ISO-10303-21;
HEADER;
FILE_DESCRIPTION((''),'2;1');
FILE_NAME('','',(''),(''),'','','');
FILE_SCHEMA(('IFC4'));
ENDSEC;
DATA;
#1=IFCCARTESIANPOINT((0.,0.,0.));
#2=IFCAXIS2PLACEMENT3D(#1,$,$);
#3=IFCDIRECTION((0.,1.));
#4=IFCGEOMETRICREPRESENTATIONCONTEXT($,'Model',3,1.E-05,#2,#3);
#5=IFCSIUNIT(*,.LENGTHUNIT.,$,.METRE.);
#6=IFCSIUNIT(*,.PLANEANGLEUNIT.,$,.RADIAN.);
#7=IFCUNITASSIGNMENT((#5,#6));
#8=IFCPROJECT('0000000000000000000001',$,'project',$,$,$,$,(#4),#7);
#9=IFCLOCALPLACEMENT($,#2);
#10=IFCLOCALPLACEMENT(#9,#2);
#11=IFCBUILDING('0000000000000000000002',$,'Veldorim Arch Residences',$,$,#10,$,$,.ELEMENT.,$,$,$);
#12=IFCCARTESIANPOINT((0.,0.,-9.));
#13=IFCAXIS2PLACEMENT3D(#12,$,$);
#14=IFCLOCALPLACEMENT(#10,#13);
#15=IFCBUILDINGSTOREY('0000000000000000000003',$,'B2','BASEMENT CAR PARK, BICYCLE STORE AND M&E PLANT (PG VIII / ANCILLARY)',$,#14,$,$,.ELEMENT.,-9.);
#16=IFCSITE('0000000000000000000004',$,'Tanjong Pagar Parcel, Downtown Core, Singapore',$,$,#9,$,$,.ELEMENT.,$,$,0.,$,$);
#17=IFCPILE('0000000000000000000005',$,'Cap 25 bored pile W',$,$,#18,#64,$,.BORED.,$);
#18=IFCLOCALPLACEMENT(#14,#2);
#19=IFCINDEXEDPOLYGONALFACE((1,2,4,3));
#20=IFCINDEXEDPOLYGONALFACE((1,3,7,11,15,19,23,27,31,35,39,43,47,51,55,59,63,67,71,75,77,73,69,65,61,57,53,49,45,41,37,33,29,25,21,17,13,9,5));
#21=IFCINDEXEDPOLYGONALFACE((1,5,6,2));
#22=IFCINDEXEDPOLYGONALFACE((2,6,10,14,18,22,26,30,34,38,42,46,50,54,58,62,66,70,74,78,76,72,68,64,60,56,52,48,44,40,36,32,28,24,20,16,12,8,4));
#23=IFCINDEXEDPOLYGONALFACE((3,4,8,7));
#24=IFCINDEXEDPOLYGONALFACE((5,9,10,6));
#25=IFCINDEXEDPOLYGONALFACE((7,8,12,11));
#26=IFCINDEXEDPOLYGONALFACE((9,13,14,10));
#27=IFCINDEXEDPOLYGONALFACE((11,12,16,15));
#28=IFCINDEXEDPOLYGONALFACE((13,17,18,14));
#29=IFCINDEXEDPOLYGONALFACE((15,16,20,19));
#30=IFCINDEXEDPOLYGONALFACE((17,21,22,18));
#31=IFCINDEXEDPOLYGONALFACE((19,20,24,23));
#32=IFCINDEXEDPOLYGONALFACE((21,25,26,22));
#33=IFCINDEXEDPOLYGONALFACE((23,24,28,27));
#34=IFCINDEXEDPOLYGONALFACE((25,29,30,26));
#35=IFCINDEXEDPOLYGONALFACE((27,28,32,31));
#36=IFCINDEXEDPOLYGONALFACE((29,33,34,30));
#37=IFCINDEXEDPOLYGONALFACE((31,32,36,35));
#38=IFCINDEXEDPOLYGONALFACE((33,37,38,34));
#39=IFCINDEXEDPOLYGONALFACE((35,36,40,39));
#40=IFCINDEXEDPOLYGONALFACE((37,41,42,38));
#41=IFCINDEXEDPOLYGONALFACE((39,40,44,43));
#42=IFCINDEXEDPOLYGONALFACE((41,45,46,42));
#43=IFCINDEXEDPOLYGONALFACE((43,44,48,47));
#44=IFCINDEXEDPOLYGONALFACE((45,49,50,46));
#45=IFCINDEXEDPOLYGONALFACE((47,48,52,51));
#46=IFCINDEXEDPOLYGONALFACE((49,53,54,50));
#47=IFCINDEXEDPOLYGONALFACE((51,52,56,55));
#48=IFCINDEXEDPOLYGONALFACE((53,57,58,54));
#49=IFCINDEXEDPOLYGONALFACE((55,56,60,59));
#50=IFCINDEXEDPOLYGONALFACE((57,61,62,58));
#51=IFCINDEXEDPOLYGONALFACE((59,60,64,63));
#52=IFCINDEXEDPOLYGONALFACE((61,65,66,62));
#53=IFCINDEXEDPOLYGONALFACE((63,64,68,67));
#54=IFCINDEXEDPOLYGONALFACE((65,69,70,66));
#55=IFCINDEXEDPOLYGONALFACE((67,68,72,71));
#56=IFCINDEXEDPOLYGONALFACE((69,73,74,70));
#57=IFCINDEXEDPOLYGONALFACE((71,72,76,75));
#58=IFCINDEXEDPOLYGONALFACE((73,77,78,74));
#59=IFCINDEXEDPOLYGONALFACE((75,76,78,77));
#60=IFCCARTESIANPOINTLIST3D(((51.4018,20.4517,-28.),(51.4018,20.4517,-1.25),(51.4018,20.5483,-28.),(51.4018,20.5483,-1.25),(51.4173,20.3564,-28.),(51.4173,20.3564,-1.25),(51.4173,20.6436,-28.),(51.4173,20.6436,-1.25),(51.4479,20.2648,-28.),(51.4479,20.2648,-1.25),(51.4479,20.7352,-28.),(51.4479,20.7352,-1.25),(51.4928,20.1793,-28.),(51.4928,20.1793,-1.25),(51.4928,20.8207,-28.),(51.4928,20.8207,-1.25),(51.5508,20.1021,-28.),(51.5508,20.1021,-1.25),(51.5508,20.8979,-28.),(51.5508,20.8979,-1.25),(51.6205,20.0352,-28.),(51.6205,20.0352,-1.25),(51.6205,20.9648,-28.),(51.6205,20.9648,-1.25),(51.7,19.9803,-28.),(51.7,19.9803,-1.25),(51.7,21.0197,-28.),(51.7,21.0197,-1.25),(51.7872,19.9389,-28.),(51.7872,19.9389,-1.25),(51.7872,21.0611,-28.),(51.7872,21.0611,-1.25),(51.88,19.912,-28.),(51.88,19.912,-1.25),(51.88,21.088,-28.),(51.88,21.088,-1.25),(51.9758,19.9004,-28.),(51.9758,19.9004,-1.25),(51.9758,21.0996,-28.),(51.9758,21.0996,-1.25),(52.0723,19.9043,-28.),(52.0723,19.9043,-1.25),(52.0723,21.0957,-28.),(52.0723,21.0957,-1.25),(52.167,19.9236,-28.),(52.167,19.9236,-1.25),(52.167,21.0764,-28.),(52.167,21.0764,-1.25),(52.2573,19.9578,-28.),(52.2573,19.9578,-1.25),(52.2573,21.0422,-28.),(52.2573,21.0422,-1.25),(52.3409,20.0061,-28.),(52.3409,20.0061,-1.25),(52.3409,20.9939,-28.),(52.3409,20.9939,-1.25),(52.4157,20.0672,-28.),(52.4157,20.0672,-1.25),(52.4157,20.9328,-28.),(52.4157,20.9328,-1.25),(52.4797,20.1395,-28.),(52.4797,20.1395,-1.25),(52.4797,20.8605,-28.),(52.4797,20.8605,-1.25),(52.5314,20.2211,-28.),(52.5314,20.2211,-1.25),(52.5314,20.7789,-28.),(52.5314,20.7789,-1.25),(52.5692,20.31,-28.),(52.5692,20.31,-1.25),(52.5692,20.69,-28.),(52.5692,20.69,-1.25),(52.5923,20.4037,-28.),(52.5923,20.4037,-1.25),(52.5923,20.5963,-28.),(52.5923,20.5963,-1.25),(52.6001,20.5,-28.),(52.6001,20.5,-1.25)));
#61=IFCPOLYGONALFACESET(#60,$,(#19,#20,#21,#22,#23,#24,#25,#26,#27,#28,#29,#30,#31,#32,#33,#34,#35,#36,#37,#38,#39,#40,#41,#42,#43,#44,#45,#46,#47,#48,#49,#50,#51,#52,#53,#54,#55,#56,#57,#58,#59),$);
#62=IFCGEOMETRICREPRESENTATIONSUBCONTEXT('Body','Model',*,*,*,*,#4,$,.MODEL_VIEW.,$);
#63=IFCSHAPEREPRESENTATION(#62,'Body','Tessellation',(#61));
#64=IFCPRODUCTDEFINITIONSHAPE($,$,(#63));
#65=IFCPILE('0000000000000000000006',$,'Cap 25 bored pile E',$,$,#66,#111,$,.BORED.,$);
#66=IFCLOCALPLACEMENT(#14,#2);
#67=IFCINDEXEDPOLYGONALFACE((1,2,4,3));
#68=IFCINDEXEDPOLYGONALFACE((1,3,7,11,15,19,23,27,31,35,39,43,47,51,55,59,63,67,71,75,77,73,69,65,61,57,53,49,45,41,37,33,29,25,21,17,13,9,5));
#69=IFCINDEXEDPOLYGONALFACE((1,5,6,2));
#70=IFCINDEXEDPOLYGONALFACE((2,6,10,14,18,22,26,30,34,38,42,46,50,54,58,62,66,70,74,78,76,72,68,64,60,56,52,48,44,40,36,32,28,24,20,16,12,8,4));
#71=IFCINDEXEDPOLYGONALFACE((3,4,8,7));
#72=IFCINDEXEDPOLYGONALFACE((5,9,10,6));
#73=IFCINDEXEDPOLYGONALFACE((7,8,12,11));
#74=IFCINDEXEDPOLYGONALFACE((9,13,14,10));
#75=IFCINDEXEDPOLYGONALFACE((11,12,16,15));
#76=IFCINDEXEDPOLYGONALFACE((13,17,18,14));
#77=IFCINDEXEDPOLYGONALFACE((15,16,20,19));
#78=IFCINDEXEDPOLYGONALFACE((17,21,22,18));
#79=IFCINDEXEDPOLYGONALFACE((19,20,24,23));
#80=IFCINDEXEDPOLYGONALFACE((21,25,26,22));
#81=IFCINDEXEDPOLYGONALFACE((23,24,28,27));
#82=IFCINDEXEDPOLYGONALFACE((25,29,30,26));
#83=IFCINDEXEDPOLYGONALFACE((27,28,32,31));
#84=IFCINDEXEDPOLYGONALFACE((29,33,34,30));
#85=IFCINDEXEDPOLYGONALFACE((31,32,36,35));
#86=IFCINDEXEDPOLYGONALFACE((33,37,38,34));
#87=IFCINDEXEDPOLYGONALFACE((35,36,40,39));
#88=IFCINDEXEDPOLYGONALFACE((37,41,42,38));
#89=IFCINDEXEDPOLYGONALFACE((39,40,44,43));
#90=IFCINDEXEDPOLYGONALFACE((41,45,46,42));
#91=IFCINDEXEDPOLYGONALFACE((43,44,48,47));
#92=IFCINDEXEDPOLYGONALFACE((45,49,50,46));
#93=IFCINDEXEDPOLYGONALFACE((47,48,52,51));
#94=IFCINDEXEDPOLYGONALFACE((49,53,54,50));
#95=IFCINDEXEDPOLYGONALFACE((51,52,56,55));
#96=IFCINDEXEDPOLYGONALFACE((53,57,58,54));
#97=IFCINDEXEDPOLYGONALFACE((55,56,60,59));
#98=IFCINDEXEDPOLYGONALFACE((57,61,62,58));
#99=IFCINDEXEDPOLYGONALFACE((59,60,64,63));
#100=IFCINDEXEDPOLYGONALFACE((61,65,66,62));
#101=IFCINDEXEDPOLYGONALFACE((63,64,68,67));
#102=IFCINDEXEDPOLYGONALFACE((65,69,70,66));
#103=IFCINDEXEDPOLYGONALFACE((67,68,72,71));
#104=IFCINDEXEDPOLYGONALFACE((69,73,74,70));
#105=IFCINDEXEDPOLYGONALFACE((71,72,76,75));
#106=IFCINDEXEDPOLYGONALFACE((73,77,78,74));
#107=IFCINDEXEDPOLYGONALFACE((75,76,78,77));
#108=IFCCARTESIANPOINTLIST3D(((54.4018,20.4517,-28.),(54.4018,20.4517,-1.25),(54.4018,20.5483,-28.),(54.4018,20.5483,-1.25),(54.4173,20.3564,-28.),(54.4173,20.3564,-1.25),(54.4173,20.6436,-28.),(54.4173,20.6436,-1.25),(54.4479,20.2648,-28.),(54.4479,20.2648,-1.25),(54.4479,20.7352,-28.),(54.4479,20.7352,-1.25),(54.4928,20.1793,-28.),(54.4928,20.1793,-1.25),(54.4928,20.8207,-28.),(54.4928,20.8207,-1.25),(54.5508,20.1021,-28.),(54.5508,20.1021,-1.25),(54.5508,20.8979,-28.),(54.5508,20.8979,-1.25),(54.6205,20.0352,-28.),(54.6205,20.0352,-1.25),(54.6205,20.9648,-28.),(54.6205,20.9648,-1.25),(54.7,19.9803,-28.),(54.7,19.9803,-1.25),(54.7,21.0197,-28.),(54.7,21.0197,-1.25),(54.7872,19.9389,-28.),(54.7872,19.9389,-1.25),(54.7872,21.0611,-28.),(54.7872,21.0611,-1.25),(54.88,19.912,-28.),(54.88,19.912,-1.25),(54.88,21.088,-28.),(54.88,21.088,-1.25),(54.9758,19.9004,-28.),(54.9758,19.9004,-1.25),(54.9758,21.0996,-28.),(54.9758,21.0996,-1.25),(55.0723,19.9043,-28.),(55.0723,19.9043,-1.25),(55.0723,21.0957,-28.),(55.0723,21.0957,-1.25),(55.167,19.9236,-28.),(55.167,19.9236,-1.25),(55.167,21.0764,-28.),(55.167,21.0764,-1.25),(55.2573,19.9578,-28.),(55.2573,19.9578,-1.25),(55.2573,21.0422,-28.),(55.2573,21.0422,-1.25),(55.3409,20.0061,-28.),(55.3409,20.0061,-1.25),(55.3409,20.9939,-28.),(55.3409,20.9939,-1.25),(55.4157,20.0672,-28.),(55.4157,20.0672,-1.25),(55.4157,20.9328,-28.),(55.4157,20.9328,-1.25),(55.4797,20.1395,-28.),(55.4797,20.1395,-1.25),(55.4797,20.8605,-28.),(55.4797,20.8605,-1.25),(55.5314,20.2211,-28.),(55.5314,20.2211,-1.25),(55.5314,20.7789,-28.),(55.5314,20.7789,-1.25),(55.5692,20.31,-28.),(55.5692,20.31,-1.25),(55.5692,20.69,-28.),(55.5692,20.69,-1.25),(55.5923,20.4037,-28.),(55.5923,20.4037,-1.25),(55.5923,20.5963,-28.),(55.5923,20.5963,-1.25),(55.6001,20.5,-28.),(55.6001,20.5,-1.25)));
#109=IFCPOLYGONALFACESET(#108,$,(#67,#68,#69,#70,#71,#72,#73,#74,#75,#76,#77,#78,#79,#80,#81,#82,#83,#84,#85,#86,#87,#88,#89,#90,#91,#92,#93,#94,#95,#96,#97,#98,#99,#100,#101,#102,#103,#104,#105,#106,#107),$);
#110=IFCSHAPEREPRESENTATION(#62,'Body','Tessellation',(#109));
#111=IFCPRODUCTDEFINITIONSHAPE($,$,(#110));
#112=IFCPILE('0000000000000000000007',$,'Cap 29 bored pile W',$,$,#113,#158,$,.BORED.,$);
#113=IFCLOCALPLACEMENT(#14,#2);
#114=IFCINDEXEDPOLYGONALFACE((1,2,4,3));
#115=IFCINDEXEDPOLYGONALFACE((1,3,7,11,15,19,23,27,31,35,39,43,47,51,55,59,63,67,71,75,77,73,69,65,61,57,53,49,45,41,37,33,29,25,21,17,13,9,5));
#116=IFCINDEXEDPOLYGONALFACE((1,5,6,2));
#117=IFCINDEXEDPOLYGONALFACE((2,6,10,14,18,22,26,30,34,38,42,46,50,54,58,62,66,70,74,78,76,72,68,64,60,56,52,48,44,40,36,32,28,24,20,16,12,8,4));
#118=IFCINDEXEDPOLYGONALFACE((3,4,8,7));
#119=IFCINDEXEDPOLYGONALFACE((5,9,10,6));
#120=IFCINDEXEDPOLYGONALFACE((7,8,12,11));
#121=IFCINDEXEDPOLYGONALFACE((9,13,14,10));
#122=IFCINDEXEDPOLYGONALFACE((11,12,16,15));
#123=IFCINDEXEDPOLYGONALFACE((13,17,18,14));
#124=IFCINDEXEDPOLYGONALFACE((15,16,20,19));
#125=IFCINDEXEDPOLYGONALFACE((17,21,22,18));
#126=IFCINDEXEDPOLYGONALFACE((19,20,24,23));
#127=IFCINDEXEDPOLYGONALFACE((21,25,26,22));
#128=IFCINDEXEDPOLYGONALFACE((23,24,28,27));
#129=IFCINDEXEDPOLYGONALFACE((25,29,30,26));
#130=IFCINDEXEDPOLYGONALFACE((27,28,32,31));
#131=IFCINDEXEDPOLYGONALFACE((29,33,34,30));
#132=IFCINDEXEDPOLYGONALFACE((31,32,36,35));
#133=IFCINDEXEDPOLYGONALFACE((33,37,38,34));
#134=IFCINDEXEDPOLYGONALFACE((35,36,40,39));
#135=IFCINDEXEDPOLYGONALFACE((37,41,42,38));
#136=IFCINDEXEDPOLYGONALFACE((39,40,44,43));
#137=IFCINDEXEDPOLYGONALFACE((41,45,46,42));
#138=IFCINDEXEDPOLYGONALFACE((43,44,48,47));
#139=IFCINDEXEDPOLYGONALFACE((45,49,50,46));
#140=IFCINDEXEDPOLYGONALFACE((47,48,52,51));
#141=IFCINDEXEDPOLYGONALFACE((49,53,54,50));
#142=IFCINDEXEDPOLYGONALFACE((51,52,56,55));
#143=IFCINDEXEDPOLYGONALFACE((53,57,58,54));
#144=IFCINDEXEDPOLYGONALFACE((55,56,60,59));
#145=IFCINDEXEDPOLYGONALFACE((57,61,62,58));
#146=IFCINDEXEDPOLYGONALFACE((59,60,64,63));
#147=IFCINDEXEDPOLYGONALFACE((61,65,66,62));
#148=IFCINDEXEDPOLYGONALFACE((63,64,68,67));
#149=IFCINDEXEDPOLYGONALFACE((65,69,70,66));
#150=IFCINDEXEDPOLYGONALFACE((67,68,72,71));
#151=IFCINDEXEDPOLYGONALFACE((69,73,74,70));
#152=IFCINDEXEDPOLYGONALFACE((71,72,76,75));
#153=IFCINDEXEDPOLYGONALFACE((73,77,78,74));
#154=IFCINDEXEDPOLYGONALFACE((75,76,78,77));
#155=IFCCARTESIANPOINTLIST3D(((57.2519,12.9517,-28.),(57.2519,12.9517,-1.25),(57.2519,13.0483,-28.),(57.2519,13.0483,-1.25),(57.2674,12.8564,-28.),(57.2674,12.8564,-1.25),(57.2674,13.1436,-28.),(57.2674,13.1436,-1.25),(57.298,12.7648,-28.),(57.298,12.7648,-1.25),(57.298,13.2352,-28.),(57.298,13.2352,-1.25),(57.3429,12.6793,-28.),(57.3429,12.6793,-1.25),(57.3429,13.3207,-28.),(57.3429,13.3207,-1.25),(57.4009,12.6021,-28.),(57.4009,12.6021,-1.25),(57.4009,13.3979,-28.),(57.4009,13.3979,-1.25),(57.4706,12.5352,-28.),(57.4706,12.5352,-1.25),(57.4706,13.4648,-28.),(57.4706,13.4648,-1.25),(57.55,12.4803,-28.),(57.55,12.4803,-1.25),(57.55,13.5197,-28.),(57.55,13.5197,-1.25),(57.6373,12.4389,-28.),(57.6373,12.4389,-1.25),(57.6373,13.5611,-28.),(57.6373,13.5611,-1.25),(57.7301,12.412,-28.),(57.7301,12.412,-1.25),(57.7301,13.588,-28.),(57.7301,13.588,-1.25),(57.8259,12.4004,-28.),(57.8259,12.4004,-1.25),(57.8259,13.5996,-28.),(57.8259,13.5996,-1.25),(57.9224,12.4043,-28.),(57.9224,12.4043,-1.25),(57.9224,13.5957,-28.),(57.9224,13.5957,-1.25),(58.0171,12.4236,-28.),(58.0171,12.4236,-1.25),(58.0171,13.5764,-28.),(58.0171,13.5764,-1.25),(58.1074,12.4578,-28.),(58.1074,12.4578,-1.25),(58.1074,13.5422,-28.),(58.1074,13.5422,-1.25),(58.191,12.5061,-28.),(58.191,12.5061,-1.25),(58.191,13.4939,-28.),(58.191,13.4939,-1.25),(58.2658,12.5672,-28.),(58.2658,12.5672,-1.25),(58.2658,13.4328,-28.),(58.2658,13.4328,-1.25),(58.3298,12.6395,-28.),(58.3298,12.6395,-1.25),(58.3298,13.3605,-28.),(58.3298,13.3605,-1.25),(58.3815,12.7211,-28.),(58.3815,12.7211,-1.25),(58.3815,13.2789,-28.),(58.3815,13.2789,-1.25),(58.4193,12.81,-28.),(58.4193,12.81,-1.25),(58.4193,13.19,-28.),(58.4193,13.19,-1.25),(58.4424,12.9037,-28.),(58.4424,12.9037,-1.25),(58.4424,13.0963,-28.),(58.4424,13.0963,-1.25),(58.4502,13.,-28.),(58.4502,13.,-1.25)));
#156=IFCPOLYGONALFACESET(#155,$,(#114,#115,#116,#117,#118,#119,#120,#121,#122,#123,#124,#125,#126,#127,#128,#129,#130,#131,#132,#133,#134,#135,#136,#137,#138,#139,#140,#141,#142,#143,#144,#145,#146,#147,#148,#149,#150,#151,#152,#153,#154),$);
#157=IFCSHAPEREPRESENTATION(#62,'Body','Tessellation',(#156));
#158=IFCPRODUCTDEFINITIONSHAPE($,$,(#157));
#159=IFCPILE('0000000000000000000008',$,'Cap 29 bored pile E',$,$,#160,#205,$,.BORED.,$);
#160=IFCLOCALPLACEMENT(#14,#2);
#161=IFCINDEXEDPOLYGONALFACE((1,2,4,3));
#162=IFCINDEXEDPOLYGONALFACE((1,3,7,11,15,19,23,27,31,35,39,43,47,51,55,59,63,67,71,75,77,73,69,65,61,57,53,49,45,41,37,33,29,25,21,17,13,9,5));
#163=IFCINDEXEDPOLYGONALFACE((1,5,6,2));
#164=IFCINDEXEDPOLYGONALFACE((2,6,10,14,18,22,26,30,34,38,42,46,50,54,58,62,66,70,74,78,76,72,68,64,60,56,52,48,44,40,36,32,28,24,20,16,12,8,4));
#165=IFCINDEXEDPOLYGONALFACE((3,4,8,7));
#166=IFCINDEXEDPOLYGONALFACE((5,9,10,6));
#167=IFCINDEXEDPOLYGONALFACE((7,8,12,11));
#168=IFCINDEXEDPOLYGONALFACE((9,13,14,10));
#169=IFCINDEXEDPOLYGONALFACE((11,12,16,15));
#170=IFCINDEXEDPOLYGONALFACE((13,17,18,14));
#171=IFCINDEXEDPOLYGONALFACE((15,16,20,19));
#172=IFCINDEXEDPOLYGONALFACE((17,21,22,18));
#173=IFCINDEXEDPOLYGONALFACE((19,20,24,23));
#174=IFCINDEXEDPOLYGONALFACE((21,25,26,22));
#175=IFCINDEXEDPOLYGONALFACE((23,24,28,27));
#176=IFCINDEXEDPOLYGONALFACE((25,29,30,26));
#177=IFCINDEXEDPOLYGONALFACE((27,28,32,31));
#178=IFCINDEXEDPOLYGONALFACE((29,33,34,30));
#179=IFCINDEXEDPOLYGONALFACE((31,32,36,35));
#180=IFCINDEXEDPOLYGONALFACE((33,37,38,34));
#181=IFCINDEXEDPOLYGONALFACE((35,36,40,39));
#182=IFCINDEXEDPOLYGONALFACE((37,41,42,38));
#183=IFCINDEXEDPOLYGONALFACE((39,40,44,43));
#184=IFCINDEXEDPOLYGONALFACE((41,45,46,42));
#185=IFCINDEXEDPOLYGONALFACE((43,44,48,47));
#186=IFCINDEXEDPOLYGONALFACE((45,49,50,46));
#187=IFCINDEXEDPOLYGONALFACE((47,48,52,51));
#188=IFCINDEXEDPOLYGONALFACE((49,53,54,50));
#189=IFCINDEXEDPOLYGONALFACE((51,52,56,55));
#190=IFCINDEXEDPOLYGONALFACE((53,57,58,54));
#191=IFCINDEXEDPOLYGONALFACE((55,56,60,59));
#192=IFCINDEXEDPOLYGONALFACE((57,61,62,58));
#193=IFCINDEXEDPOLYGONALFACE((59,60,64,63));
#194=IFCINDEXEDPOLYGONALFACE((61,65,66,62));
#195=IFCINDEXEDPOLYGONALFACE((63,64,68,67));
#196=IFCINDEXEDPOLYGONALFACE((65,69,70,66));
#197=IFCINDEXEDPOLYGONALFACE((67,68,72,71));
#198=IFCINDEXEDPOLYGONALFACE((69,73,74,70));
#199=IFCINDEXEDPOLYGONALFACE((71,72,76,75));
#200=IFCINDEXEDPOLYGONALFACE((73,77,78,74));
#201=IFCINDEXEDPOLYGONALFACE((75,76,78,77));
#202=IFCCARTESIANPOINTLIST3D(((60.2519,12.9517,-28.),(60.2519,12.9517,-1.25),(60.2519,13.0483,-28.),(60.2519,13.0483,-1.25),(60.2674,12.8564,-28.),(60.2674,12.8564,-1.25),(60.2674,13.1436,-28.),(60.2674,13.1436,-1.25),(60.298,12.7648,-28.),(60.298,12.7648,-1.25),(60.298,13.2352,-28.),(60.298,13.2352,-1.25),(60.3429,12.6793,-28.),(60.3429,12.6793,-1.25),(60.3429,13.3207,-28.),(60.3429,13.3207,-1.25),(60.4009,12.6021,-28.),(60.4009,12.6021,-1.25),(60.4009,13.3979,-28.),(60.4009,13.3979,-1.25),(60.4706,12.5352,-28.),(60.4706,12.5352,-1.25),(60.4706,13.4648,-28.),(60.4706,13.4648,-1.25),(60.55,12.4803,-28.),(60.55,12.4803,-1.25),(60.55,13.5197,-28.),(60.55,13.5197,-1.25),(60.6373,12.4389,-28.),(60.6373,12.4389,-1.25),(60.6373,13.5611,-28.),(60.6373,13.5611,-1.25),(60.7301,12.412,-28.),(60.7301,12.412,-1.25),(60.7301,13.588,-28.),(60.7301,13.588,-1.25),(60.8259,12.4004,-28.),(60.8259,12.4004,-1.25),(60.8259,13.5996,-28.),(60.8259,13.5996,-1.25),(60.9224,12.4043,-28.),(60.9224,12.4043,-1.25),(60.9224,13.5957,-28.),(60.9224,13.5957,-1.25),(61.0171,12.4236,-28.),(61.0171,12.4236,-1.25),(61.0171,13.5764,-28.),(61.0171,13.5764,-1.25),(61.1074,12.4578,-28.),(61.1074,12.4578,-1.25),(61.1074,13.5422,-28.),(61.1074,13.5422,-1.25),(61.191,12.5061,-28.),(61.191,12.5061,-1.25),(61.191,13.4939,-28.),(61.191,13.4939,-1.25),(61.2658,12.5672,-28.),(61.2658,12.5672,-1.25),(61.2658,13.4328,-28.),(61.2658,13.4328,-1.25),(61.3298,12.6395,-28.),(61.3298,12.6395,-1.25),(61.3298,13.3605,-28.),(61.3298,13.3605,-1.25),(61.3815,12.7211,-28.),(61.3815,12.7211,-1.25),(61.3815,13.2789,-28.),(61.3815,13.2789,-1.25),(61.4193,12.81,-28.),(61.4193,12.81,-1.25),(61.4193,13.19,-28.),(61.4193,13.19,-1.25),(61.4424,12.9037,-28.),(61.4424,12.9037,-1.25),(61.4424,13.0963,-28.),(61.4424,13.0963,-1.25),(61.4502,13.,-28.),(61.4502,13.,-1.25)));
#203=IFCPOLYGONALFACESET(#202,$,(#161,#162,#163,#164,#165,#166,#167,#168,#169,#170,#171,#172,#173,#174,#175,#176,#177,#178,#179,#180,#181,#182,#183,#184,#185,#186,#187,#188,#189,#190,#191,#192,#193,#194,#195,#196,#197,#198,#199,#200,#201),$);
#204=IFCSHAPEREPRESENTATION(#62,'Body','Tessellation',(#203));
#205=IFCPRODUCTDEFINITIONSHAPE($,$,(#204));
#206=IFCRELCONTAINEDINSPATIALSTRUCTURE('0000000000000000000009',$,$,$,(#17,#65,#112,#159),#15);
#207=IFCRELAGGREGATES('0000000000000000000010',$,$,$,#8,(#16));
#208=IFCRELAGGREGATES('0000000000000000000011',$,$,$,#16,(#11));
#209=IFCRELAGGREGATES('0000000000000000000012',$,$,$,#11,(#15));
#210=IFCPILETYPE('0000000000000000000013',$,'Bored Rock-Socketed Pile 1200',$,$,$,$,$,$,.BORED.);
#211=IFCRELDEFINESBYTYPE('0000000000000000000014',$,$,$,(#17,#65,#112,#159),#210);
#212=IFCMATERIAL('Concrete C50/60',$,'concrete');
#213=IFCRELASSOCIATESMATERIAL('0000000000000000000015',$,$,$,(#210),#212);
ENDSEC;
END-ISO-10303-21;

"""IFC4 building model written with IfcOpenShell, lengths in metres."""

from ifc_helpers import new_model, si_unit, direction, frame, origin, origin_2d, place, context, subcontext, project, spatial, circle, extrude, material, material_profile, profile_set, type_object, element, save


model = new_model("IFC4")

# Units and contexts
model_context = context("Model", 3, precision=1e-05, world=origin(), true_north=direction((0.0, 1.0)))
body_context = subcontext(model_context, "Body", "Model", "MODEL_VIEW")
ifc_project = project(units=[si_unit("LENGTHUNIT", "METRE"), si_unit("PLANEANGLEUNIT", "RADIAN")], contexts=[model_context])

# Site, building, storey
site_placement = place(None, origin())
site = spatial("IfcSite", under=ifc_project, at=site_placement, Name="Tanjong Pagar Parcel, Downtown Core, Singapore", CompositionType="ELEMENT", RefElevation=0.0)
building_placement = place(site_placement, origin())
building = spatial("IfcBuilding", under=site, at=building_placement, Name="Veldorim Arch Residences", CompositionType="ELEMENT")
storey_placement = place(building_placement, frame((0.0, 0.0, -9.0)))
storey = spatial("IfcBuildingStorey", under=building, at=storey_placement, Name="B2", Description="BASEMENT CAR PARK, BICYCLE STORE AND M&E PLANT (PG VIII / ANCILLARY)", CompositionType="ELEMENT", Elevation=-9.0)

# Piles
ifc_material_1 = material(Name="Concrete C50/60", Category="concrete")
ifc_material_profile_1 = material_profile(ifc_material_1, circle(Radius=0.6001, at=origin_2d()), Name="PILE_1200")
ifc_profile_set_1 = profile_set([ifc_material_profile_1], Name="Concrete C50/60")
pile_type = type_object("IfcPileType", Name="Bored Rock-Socketed Pile 1200", PredefinedType="BORED", material=ifc_profile_set_1)
for number, where, z_axis, x_axis, name in (
    (1, (52.0, 20.5, -1.25), (0.0, 0.0, -1.0), (1.0, 0.0, 0.0), "Cap 25 bored pile W"),
    (2, (55.0, 20.5, -1.25), (0.0, 0.0, -1.0), (1.0, 0.0, 0.0), "Cap 25 bored pile E"),
    (3, (57.8501, 13.0, -1.25), (0.0, 0.0, -1.0), (1.0, 0.0, 0.0), "Cap 29 bored pile W"),
    (4, (60.8501, 13.0, -1.25), (0.0, 0.0, -1.0), (1.0, 0.0, 0.0), "Cap 29 bored pile E"),
):
    element("IfcPile", number, at=place(storey_placement, frame(where, z_axis=z_axis, x_axis=x_axis)), inside=storey, type_object=pile_type, Name=name, PredefinedType="BORED", context=body_context, shape_type="SweptSolid", body=[
        extrude(circle(Radius=0.6001, at=origin_2d()), origin(), (0.0, 0.0, 1.0), 26.75),
    ])

save(model, "model.ifc")
